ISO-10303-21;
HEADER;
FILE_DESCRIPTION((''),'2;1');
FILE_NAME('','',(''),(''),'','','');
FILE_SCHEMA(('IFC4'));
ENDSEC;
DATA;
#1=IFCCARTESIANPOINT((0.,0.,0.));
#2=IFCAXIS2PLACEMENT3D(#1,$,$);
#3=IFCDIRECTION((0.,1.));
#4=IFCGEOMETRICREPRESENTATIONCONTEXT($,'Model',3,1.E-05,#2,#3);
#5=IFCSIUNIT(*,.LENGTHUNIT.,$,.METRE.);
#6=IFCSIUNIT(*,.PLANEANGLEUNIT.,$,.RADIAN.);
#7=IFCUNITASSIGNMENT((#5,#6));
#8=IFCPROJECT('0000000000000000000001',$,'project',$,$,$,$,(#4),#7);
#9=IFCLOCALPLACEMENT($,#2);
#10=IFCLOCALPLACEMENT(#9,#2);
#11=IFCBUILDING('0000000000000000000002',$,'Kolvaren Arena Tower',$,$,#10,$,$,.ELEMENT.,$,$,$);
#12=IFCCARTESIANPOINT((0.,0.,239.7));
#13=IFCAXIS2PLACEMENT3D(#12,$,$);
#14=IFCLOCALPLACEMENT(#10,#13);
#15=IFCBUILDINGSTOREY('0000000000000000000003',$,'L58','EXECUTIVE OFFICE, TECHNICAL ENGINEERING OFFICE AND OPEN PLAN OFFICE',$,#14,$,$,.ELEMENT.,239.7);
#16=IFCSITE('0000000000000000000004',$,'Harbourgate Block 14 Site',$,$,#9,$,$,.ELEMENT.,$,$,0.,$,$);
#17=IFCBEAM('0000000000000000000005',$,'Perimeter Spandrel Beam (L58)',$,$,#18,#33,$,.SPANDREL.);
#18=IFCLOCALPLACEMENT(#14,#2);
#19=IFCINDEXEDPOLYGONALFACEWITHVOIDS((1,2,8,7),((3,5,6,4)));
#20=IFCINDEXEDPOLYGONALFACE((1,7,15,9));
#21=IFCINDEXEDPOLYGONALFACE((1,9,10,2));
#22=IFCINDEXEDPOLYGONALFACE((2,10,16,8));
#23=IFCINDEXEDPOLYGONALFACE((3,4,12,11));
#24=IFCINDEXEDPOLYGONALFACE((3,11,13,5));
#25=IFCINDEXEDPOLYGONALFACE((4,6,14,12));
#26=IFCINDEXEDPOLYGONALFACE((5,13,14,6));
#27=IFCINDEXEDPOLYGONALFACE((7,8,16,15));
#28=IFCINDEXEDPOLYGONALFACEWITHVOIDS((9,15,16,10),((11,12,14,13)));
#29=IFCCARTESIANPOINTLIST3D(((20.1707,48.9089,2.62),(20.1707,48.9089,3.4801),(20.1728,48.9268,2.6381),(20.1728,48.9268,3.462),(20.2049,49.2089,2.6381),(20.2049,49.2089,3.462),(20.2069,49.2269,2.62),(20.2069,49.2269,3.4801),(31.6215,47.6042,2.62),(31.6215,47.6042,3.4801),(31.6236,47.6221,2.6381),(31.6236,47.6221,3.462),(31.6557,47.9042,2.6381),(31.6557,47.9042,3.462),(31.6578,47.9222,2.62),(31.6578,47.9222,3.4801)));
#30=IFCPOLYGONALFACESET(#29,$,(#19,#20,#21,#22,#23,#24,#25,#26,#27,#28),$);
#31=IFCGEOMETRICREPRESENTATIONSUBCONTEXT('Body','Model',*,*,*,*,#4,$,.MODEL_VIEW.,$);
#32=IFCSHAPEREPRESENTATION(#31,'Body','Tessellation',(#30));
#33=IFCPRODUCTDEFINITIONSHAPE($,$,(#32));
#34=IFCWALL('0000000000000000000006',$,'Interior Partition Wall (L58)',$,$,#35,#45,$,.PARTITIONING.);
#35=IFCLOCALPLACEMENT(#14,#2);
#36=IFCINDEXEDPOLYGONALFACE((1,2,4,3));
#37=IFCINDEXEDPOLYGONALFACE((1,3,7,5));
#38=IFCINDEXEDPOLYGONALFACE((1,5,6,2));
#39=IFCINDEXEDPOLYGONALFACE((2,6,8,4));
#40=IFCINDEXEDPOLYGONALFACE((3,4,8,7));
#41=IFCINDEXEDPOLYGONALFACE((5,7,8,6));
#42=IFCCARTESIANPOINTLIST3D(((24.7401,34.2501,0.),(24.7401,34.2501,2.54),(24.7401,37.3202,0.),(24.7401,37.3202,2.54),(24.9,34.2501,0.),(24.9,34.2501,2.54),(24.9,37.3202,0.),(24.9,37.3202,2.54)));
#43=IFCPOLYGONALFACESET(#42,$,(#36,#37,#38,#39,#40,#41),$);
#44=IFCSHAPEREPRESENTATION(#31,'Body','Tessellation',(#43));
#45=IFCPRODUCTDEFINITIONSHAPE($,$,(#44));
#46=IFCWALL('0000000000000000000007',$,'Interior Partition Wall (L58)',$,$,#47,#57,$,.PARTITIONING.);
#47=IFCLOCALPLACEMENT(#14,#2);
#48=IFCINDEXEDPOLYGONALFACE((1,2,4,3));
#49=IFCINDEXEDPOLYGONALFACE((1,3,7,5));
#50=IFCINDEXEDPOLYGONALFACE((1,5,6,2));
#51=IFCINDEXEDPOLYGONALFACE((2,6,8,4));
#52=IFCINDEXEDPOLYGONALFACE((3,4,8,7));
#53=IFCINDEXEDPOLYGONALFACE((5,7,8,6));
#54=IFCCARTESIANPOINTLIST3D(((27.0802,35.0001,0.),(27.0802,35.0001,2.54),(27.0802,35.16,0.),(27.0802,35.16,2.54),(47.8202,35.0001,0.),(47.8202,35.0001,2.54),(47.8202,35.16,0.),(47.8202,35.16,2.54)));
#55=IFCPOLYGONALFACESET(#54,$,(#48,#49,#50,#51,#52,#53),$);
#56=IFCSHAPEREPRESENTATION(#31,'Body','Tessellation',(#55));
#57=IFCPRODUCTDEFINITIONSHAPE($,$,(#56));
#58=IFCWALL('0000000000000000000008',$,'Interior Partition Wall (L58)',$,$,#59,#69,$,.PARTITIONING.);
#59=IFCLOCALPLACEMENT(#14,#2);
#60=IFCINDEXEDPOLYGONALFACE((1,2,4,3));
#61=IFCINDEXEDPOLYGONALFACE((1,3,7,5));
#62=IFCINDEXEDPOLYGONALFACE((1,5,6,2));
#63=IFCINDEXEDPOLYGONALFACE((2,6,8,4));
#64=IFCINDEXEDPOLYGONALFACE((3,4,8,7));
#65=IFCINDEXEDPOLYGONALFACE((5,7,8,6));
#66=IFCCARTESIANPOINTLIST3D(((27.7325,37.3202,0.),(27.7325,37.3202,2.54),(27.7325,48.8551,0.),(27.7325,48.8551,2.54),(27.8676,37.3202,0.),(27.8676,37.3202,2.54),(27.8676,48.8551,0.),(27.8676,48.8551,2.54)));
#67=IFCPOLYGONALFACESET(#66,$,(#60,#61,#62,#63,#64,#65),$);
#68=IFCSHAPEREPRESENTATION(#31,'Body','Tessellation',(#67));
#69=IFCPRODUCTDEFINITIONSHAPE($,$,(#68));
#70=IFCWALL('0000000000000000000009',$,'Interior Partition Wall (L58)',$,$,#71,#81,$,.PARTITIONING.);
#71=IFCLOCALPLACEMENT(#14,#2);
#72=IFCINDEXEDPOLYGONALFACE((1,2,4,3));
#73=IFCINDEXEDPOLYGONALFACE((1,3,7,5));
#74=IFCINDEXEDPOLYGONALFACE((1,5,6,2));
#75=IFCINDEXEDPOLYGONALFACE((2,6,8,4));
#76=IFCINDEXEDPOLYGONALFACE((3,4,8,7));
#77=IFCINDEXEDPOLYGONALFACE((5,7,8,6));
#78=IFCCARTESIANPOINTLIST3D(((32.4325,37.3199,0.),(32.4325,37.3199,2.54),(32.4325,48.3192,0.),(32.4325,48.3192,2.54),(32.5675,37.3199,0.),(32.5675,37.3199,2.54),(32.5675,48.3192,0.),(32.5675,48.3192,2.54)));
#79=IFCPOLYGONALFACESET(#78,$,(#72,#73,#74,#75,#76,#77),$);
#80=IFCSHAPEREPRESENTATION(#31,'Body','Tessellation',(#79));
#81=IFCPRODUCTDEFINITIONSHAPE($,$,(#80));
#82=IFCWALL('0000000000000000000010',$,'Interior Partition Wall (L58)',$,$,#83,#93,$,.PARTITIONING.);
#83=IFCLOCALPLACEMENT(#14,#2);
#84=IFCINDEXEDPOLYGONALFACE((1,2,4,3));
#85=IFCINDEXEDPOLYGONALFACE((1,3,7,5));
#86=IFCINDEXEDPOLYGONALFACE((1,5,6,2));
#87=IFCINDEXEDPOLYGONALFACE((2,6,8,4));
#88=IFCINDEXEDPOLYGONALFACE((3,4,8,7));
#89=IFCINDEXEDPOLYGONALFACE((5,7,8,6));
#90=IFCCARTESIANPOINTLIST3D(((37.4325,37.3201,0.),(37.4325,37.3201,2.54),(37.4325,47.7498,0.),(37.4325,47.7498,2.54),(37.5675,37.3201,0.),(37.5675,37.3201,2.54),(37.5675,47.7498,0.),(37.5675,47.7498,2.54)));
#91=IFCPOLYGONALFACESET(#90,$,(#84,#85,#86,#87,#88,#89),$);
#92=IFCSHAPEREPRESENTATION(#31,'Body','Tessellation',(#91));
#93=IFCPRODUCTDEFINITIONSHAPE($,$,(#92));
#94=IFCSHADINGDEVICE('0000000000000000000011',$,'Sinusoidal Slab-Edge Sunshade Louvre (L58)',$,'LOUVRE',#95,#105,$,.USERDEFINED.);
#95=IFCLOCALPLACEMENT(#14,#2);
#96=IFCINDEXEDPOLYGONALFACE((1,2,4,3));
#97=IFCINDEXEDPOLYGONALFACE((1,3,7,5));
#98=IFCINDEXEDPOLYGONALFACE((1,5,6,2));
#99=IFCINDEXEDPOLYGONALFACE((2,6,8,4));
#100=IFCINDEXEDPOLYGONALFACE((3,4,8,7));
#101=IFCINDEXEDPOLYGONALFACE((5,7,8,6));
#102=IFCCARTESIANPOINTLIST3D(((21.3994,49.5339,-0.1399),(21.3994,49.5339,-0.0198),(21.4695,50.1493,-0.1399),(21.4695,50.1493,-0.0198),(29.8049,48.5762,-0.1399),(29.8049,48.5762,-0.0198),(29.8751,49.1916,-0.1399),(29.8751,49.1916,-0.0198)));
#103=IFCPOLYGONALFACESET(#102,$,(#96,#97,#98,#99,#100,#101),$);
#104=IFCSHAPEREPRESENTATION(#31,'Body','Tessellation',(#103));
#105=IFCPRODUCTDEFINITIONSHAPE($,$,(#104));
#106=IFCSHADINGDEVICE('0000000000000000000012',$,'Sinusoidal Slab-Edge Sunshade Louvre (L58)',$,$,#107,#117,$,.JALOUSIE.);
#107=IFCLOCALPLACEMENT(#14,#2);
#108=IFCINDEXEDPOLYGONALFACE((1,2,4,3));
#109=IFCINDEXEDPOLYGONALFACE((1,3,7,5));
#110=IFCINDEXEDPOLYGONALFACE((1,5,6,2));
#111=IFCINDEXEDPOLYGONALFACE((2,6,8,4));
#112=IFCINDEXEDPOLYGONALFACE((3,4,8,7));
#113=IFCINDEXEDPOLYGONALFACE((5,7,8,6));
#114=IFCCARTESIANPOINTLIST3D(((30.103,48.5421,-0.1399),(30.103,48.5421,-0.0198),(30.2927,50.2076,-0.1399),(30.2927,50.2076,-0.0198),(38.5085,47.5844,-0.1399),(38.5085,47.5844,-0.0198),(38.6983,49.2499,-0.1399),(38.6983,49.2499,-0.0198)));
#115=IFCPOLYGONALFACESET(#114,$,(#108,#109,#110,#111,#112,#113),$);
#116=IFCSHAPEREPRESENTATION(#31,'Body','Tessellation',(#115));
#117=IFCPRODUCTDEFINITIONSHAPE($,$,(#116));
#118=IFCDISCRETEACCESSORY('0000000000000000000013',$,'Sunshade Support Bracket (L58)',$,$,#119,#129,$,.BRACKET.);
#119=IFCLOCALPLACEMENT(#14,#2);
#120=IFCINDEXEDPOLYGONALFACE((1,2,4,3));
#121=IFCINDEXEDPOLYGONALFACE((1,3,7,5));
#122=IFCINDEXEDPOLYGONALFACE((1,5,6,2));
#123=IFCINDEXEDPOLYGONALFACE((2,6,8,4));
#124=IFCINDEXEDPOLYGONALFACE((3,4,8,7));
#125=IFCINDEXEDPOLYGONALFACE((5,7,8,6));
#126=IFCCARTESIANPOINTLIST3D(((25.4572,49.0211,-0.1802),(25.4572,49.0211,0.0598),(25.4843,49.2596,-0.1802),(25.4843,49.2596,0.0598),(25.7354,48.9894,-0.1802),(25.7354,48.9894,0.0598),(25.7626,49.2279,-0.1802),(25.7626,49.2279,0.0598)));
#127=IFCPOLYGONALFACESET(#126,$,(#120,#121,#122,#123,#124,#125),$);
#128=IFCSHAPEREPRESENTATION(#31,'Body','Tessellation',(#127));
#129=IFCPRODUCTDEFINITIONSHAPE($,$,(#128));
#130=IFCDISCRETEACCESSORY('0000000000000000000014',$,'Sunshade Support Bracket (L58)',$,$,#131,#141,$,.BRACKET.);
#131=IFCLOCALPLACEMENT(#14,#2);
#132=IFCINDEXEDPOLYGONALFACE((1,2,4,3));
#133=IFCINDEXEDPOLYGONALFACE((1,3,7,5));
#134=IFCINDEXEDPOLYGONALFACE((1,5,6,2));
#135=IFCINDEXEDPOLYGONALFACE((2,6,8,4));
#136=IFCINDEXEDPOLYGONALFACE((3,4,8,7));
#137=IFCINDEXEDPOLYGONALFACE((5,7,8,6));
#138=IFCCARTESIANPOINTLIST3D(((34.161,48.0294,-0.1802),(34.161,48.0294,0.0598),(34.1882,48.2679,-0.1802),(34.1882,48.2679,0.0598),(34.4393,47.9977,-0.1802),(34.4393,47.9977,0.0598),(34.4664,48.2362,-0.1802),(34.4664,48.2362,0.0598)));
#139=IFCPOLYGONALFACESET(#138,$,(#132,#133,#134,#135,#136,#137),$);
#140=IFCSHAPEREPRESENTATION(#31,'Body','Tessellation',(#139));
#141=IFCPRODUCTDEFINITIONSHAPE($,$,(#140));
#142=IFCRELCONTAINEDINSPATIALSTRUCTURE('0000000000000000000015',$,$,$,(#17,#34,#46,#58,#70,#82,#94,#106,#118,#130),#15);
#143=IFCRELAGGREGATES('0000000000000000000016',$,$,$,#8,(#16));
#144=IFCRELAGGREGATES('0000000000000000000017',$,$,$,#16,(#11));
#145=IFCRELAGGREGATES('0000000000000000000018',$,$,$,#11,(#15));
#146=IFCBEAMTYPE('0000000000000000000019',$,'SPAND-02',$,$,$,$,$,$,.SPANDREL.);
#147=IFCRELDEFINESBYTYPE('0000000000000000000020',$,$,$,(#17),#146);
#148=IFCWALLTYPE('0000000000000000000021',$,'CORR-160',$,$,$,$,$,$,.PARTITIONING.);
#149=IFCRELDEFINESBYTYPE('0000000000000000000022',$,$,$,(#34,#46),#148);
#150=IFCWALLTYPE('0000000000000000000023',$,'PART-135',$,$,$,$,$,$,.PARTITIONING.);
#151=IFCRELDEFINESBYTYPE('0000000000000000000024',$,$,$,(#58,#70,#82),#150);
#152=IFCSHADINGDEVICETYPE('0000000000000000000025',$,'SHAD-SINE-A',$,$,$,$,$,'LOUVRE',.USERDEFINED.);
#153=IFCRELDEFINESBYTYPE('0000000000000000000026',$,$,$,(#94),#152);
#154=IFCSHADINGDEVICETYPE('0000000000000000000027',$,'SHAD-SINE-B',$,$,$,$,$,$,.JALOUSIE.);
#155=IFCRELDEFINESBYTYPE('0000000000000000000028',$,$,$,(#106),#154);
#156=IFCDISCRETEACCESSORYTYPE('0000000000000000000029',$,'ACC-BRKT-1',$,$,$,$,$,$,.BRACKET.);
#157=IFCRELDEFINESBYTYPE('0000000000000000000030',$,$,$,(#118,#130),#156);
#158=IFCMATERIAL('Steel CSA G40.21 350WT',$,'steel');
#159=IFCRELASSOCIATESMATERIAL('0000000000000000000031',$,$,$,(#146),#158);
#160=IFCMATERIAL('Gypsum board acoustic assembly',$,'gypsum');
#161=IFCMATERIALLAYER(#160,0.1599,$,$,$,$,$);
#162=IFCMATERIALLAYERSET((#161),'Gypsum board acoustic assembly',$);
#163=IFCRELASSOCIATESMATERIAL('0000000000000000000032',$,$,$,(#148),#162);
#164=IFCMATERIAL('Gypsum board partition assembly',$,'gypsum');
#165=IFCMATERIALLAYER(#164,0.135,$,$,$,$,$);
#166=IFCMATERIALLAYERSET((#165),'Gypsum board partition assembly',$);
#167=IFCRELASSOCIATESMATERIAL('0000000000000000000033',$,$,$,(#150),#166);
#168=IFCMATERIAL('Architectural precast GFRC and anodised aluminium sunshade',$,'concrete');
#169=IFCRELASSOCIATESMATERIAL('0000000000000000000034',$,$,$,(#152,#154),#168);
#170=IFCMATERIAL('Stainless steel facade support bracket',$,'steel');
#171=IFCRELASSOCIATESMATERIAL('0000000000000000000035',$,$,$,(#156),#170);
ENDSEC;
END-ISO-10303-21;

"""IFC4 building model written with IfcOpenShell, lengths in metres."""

from ifc_helpers import new_model, si_unit, direction, frame, frame_2d, origin, origin_2d, place, context, subcontext, project, spatial, rectangle, hollow_rectangle, extrude, material, layer, layer_set, material_profile, profile_set, type_object, element, save


model = new_model("IFC4")

# Units and contexts
model_context = context("Model", 3, precision=1e-05, world=origin(), true_north=direction((0.0, 1.0)))
body_context = subcontext(model_context, "Body", "Model", "MODEL_VIEW")
ifc_project = project(units=[si_unit("LENGTHUNIT", "METRE"), si_unit("PLANEANGLEUNIT", "RADIAN")], contexts=[model_context])

# Site, building, storey
site_placement = place(None, origin())
site = spatial("IfcSite", under=ifc_project, at=site_placement, Name="Harbourgate Block 14 Site", CompositionType="ELEMENT", RefElevation=0.0)
building_placement = place(site_placement, origin())
building = spatial("IfcBuilding", under=site, at=building_placement, Name="Kolvaren Arena Tower", CompositionType="ELEMENT")
storey_placement = place(building_placement, frame((0.0, 0.0, 239.7)))
storey = spatial("IfcBuildingStorey", under=building, at=storey_placement, Name="L58", Description="EXECUTIVE OFFICE, TECHNICAL ENGINEERING OFFICE AND OPEN PLAN OFFICE", CompositionType="ELEMENT", Elevation=239.7)

# Beam
ifc_material_1 = material(Name="Steel CSA G40.21 350WT", Category="steel")
ifc_material_profile_1 = material_profile(ifc_material_1, hollow_rectangle(XDim=0.3201, YDim=0.8601, WallThickness=0.0181, at=origin_2d()), Name="HSS 860x320x18")
ifc_profile_set_1 = profile_set([ifc_material_profile_1], Name="Steel CSA G40.21 350WT")
beam_type_1 = type_object("IfcBeamType", Name="SPAND-02", PredefinedType="SPANDREL", material=ifc_profile_set_1)
beam_1_placement = place(storey_placement, frame((31.6396, 47.7632, 3.05), z_axis=(-0.993572, 0.113205, 0.0), x_axis=(-0.113205, -0.993572, 0.0)))
element("IfcBeam", 1, at=beam_1_placement, inside=storey, type_object=beam_type_1, Name="Perimeter Spandrel Beam (L58)", PredefinedType="SPANDREL", context=body_context, shape_type="SweptSolid", body=[
    extrude(hollow_rectangle(XDim=0.3201, YDim=0.8601, WallThickness=0.0181, at=origin_2d()), origin(), (0.0, 0.0, 1.0), 11.5249),
])

# Wall
ifc_material_2 = material(Name="Gypsum board acoustic assembly", Category="gypsum")
ifc_layer_1 = layer(ifc_material_2, 0.1599)
ifc_layer_set_1 = layer_set([ifc_layer_1], Name="Gypsum board acoustic assembly")
wall_type_1 = type_object("IfcWallType", Name="CORR-160", PredefinedType="PARTITIONING", material=ifc_layer_set_1)
wall_1_placement = place(storey_placement, frame((24.8201, 34.25, 0.0), z_axis=(0.0, 0.0, 1.0), x_axis=(0.0, 1.0, 0.0)))
element("IfcWall", 2, at=wall_1_placement, inside=storey, type_object=wall_type_1, Name="Interior Partition Wall (L58)", PredefinedType="PARTITIONING", context=body_context, shape_type="SweptSolid", body=[
    extrude(rectangle(XDim=3.0701, YDim=0.1599, at=frame_2d((1.5352, 0.0))), origin(), (0.0, 0.0, 1.0), 2.54),
])

# Walls
wall_2_placement = place(storey_placement, frame((27.0801, 35.0801, 0.0), z_axis=(0.0, 0.0, 1.0), x_axis=(1.0, 0.0, 0.0)))
element("IfcWall", 3, at=wall_2_placement, inside=storey, type_object=wall_type_1, Name="Interior Partition Wall (L58)", PredefinedType="PARTITIONING", context=body_context, shape_type="SweptSolid", body=[
    extrude(rectangle(XDim=20.74, YDim=0.1599, at=frame_2d((10.3701, 0.0))), origin(), (0.0, 0.0, 1.0), 2.54),
])
ifc_material_3 = material(Name="Gypsum board partition assembly", Category="gypsum")
ifc_layer_2 = layer(ifc_material_3, 0.135)
ifc_layer_set_2 = layer_set([ifc_layer_2], Name="Gypsum board partition assembly")
wall_type_2 = type_object("IfcWallType", Name="PART-135", PredefinedType="PARTITIONING", material=ifc_layer_set_2)
wall_3_placement = place(storey_placement, frame((27.8, 37.3201, 0.0), z_axis=(0.0, 0.0, 1.0), x_axis=(0.0, 1.0, 0.0)))
element("IfcWall", 4, at=wall_3_placement, inside=storey, type_object=wall_type_2, Name="Interior Partition Wall (L58)", PredefinedType="PARTITIONING", context=body_context, shape_type="SweptSolid", body=[
    extrude(rectangle(XDim=11.5349, YDim=0.135, at=frame_2d((5.7676, 0.0))), origin(), (0.0, 0.0, 1.0), 2.54),
])
wall_4_placement = place(storey_placement, frame((32.5, 37.3201, 0.0), z_axis=(0.0, 0.0, 1.0), x_axis=(0.0, 1.0, 0.0)))
element("IfcWall", 5, at=wall_4_placement, inside=storey, type_object=wall_type_2, Name="Interior Partition Wall (L58)", PredefinedType="PARTITIONING", context=body_context, shape_type="SweptSolid", body=[
    extrude(rectangle(XDim=10.9993, YDim=0.135, at=frame_2d((5.4995, 0.0))), origin(), (0.0, 0.0, 1.0), 2.54),
])
wall_5_placement = place(storey_placement, frame((37.5, 37.3201, 0.0), z_axis=(0.0, 0.0, 1.0), x_axis=(0.0, 1.0, 0.0)))
element("IfcWall", 6, at=wall_5_placement, inside=storey, type_object=wall_type_2, Name="Interior Partition Wall (L58)", PredefinedType="PARTITIONING", context=body_context, shape_type="SweptSolid", body=[
    extrude(rectangle(XDim=10.4297, YDim=0.135, at=frame_2d((5.2148, 0.0))), origin(), (0.0, 0.0, 1.0), 2.54),
])

# Shading devices
ifc_material_4 = material(Name="Architectural precast GFRC and anodised aluminium sunshade", Category="concrete")
shading_device_type_1 = type_object("IfcShadingDeviceType", Name="SHAD-SINE-A", ElementType="LOUVRE", PredefinedType="USERDEFINED", material=ifc_material_4)
shading_device_1_placement = place(storey_placement, frame((25.6372, 49.3628, -0.1399), z_axis=(0.0, 0.0, 1.0), x_axis=(0.993572, -0.113205, 0.0)))
element("IfcShadingDevice", 7, at=shading_device_1_placement, inside=storey, type_object=shading_device_type_1, Name="Sinusoidal Slab-Edge Sunshade Louvre (L58)", ObjectType="LOUVRE", PredefinedType="USERDEFINED", context=body_context, shape_type="SweptSolid", body=[
    extrude(rectangle(XDim=8.46, YDim=0.6194, at=origin_2d()), origin(), (0.0, 0.0, 1.0), 0.1201),
])
shading_device_type_2 = type_object("IfcShadingDeviceType", Name="SHAD-SINE-B", PredefinedType="JALOUSIE", material=ifc_material_4)
shading_device_2_placement = place(storey_placement, frame((34.4006, 48.896, -0.1399), z_axis=(0.0, 0.0, 1.0), x_axis=(0.993572, -0.113205, 0.0)))
element("IfcShadingDevice", 8, at=shading_device_2_placement, inside=storey, type_object=shading_device_type_2, Name="Sinusoidal Slab-Edge Sunshade Louvre (L58)", PredefinedType="JALOUSIE", context=body_context, shape_type="SweptSolid", body=[
    extrude(rectangle(XDim=8.46, YDim=1.6763, at=origin_2d()), origin(), (0.0, 0.0, 1.0), 0.1201),
])

# Discrete accessories
ifc_material_5 = material(Name="Stainless steel facade support bracket", Category="steel")
discrete_accessory_type = type_object("IfcDiscreteAccessoryType", Name="ACC-BRKT-1", PredefinedType="BRACKET", material=ifc_material_5)
for number, where, z_axis, x_axis, name in (
    (9, (25.6099, 49.1245, -0.1802), (0.0, 0.0, 1.0), (0.993572, -0.113205, 0.0), "Sunshade Support Bracket (L58)"),
    (10, (34.3137, 48.1328, -0.1802), (0.0, 0.0, 1.0), (0.993572, -0.113205, 0.0), "Sunshade Support Bracket (L58)"),
):
    element("IfcDiscreteAccessory", number, at=place(storey_placement, frame(where, z_axis=z_axis, x_axis=x_axis)), inside=storey, type_object=discrete_accessory_type, Name=name, PredefinedType="BRACKET", context=body_context, shape_type="SweptSolid", body=[
        extrude(rectangle(XDim=0.28, YDim=0.24, at=origin_2d()), origin(), (0.0, 0.0, 1.0), 0.24),
    ])

save(model, "model.ifc")
